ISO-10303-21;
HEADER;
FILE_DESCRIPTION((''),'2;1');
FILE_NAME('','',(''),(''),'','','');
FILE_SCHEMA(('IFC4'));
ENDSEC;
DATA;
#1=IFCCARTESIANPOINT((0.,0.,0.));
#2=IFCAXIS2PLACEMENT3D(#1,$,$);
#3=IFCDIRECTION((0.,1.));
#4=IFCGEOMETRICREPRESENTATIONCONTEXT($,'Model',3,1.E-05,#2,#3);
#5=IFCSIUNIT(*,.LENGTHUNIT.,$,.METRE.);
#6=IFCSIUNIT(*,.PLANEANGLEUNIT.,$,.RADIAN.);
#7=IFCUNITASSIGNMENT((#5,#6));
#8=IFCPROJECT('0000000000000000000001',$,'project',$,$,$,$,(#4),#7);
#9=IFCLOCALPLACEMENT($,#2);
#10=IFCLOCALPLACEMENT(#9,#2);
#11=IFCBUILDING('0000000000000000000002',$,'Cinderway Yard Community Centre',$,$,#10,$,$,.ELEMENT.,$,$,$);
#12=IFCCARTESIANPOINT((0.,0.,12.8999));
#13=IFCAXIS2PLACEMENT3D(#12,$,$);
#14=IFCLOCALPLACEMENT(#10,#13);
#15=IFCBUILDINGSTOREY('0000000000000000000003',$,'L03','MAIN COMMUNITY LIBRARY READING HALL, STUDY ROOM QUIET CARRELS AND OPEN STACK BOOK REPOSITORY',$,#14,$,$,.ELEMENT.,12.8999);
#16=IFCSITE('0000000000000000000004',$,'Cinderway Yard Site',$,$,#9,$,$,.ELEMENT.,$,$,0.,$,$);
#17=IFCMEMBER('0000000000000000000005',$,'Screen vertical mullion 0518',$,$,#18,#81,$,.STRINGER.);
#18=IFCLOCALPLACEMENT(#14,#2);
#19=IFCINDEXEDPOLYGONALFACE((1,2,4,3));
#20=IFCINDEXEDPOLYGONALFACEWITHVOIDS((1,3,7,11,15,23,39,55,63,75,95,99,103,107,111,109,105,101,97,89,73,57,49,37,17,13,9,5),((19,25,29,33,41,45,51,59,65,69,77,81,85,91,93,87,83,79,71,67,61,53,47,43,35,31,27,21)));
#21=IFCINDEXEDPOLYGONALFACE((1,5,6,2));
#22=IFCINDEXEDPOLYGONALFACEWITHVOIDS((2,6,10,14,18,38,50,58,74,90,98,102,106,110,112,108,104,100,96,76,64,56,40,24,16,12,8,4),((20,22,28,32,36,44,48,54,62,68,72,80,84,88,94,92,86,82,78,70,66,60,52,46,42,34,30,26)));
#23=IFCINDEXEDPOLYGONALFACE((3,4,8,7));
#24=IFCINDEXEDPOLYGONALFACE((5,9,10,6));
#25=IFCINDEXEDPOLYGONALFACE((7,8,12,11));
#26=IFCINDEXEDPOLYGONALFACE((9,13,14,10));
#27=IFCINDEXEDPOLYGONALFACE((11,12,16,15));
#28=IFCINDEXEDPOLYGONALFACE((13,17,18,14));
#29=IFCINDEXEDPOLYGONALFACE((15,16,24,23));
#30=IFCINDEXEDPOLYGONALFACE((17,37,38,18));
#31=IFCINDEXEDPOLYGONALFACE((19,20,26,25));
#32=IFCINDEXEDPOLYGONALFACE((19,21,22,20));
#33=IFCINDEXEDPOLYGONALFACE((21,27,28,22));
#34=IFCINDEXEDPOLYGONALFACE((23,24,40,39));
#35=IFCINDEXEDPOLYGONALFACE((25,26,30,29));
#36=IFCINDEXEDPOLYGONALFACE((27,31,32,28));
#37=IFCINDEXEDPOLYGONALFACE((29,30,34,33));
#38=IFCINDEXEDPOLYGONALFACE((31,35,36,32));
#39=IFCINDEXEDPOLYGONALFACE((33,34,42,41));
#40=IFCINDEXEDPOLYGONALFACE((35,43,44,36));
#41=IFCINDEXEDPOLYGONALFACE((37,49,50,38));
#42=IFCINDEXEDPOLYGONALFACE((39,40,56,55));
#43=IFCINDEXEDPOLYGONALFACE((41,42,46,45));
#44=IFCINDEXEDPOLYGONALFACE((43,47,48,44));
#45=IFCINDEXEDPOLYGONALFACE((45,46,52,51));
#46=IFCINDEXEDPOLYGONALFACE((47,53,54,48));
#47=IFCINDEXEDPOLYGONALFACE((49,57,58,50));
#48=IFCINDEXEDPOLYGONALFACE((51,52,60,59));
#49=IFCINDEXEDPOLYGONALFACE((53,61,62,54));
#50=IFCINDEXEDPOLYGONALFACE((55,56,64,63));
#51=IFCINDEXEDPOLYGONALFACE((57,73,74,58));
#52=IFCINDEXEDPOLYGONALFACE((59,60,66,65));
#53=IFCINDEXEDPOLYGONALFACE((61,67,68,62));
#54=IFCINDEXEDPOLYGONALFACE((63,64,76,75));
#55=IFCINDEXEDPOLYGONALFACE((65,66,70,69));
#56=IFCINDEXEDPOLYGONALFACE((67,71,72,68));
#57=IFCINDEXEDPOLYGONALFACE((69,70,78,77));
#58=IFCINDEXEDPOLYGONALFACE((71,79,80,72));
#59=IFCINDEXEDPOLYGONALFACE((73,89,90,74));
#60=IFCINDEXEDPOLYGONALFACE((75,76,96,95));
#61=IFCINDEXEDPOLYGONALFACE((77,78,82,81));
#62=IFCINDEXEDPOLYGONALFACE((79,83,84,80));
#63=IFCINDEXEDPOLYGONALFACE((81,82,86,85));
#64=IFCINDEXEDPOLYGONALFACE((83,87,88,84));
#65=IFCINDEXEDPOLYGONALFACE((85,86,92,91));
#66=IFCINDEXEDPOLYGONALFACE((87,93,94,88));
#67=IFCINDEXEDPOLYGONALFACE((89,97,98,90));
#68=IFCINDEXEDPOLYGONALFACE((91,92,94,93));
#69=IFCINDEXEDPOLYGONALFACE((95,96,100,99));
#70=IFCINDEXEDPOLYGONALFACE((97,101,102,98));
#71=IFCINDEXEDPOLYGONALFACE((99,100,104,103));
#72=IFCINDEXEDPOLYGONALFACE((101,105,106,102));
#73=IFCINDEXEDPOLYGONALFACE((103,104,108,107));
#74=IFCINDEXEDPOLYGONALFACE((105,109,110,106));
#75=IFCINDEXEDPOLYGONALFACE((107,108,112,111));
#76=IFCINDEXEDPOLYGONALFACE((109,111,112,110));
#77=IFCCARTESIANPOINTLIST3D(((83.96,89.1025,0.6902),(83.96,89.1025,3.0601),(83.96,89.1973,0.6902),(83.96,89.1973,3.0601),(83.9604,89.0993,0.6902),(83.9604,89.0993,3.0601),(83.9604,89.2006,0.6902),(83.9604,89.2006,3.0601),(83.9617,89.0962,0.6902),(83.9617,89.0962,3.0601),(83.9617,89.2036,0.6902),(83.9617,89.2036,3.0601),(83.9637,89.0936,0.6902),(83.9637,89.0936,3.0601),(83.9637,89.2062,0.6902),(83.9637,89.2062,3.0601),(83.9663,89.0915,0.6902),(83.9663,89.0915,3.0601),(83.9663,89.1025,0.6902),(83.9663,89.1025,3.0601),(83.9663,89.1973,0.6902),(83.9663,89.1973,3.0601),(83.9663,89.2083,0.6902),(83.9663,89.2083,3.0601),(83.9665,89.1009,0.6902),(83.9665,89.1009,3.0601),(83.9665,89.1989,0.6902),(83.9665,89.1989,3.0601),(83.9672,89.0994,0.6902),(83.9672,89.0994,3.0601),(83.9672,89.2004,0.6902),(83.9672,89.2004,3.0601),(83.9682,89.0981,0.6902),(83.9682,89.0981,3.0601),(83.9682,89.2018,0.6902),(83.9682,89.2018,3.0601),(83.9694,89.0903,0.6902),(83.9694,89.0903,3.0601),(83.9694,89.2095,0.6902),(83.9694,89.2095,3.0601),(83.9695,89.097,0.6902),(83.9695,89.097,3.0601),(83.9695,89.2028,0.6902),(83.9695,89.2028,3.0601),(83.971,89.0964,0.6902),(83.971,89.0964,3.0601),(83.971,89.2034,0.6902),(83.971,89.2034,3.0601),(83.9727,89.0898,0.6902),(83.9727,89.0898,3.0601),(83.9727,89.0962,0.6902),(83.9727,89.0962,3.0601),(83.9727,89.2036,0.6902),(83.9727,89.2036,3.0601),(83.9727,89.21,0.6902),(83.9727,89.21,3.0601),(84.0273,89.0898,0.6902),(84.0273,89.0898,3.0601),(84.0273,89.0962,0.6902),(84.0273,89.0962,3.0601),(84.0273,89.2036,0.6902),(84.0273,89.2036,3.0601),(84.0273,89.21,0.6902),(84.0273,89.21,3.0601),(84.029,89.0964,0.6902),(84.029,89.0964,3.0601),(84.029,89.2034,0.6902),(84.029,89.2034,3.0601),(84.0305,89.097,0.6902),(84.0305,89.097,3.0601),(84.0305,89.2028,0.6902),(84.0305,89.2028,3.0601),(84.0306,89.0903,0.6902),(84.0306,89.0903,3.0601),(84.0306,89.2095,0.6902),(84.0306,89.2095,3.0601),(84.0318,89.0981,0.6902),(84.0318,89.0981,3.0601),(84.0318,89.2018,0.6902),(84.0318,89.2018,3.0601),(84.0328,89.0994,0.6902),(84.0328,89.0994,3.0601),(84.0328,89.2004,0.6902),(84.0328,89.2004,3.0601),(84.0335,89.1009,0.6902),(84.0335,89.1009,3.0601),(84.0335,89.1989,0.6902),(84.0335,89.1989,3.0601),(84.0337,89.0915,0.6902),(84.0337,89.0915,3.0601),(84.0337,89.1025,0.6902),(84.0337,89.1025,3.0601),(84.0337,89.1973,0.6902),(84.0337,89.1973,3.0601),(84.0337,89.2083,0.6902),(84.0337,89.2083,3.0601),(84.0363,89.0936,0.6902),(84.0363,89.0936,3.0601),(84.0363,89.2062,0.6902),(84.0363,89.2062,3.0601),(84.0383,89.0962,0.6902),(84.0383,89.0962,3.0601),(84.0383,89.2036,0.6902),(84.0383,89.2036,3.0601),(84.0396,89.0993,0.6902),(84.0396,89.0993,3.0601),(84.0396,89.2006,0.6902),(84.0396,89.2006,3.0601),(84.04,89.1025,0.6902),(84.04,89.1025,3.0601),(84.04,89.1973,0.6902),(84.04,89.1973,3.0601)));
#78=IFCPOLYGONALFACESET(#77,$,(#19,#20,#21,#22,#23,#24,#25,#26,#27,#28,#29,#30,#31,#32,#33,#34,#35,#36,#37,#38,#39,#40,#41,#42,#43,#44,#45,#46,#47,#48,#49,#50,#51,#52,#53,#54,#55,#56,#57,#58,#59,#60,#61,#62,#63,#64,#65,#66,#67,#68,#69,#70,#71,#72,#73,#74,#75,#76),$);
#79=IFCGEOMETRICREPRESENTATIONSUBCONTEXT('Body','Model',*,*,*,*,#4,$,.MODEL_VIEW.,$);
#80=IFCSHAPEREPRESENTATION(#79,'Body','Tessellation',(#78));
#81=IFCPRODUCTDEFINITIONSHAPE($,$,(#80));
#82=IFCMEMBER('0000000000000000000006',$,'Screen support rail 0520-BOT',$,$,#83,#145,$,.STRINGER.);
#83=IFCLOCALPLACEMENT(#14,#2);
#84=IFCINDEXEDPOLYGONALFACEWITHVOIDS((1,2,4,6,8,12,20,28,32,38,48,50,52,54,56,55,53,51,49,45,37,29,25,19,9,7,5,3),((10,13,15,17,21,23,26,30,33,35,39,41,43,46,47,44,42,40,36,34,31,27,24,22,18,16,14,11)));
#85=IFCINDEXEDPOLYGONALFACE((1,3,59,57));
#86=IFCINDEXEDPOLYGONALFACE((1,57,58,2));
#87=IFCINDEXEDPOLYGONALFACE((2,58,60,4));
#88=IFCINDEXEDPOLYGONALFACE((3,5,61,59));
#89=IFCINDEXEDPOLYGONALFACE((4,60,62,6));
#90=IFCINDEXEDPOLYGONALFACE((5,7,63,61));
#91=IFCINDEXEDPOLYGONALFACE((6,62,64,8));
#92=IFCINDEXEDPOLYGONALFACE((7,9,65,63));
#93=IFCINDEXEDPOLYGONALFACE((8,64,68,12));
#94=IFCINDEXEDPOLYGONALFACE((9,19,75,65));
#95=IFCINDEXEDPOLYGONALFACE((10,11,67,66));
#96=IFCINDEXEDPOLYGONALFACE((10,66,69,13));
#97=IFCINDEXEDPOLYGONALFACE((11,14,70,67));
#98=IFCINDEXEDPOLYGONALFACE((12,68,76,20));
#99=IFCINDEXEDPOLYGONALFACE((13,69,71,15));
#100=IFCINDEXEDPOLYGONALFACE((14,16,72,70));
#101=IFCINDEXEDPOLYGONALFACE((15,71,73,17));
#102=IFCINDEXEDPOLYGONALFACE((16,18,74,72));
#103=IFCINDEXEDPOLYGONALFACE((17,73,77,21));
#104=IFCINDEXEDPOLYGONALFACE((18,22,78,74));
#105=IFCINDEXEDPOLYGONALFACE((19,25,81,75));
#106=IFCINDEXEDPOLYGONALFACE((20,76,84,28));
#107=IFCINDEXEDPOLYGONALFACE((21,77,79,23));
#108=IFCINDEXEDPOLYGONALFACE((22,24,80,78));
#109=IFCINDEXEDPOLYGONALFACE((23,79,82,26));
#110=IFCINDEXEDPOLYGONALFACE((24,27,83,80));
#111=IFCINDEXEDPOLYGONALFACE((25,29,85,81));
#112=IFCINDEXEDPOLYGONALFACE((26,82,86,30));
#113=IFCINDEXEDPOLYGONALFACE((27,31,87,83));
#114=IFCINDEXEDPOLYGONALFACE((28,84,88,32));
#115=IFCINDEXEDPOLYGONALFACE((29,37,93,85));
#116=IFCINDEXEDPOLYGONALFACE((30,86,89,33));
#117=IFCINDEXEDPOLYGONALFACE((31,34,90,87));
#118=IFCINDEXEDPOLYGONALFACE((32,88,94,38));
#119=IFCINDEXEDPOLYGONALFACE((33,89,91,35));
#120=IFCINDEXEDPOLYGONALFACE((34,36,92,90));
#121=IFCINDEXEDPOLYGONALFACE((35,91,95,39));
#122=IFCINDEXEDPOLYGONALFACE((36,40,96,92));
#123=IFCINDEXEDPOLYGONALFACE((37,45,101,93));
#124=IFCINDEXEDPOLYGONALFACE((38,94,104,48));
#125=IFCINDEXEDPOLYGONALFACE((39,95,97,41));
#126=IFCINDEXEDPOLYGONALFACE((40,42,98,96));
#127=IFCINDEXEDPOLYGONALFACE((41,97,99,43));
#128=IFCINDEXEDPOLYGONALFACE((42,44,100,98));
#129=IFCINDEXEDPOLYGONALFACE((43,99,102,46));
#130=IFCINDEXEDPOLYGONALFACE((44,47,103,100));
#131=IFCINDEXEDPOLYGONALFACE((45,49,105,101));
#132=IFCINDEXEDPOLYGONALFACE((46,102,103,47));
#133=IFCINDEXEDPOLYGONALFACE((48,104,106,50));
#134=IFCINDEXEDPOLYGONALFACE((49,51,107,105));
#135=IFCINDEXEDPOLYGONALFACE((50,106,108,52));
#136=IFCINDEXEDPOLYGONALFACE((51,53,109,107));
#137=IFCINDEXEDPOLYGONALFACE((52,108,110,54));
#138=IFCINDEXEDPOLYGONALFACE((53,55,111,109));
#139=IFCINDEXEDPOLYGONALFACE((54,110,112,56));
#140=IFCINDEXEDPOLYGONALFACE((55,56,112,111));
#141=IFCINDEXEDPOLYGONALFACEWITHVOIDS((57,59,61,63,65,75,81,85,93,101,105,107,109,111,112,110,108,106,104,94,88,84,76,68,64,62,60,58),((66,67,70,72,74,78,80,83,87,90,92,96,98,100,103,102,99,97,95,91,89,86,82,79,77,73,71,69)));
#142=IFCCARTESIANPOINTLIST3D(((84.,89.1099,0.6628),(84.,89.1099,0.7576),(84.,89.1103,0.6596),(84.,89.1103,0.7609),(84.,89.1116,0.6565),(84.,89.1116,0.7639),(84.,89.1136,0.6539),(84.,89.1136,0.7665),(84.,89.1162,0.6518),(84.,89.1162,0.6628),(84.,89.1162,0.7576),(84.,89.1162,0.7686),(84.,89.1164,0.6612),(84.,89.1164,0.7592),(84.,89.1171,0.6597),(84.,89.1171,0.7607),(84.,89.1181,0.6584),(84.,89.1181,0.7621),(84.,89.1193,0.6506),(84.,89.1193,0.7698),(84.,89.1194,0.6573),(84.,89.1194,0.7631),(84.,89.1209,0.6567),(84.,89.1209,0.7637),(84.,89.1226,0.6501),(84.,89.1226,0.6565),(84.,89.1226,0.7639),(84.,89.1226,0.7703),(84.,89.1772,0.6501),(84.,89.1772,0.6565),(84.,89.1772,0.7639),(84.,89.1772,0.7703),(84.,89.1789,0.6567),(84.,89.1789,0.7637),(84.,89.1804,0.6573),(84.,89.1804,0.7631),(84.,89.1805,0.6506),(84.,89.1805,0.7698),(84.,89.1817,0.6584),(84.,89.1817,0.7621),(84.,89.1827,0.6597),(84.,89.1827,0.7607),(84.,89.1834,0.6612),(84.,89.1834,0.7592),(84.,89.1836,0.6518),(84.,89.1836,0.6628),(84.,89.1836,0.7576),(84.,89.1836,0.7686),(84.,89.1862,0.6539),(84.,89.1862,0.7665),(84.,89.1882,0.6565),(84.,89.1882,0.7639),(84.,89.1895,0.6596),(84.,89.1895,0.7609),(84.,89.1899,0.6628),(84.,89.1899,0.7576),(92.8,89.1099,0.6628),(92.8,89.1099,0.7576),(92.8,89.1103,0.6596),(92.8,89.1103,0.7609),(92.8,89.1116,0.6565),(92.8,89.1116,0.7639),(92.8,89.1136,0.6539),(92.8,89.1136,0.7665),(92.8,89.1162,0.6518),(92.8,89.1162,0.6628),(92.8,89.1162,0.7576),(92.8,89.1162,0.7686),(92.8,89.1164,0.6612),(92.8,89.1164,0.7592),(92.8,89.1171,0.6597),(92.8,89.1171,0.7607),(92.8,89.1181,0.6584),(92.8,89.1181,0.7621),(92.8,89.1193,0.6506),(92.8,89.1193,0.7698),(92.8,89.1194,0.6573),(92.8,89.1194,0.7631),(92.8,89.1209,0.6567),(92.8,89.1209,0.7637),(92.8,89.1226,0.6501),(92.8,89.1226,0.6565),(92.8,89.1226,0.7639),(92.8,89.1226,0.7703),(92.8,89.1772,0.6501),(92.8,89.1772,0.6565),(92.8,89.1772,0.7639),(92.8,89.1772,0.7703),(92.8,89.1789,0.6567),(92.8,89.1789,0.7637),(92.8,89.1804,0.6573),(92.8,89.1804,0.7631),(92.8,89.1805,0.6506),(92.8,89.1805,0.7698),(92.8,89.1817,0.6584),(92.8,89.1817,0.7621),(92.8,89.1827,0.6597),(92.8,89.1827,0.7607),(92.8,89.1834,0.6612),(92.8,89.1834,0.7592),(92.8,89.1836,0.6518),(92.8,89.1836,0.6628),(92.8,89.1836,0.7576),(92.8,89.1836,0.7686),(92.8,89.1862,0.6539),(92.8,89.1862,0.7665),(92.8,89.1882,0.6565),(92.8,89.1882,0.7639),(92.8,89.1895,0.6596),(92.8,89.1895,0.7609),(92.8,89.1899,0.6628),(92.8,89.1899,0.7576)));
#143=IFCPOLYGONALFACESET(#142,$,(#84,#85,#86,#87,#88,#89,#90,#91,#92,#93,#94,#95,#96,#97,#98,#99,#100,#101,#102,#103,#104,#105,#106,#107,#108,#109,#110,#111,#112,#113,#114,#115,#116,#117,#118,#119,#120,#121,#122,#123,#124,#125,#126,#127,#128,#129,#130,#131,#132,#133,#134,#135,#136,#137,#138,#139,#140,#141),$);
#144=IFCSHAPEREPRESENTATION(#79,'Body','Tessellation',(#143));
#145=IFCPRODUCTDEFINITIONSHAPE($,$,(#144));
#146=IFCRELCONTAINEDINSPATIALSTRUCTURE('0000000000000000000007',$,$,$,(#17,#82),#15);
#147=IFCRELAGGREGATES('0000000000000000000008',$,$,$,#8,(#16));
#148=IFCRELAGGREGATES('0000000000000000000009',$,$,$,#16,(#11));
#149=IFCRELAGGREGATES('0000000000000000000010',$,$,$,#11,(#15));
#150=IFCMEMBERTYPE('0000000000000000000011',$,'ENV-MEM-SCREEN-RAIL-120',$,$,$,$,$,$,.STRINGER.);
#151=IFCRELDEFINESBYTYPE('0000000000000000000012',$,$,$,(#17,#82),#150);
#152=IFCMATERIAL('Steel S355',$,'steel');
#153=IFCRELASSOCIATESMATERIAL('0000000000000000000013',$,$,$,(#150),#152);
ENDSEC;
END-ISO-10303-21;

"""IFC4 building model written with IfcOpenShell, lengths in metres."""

from ifc_helpers import new_model, si_unit, direction, frame, origin, origin_2d, place, context, subcontext, project, spatial, hollow_rectangle, extrude, material, material_profile, profile_set, type_object, element, save


model = new_model("IFC4")

# Units and contexts
model_context = context("Model", 3, precision=1e-05, world=origin(), true_north=direction((0.0, 1.0)))
body_context = subcontext(model_context, "Body", "Model", "MODEL_VIEW")
ifc_project = project(units=[si_unit("LENGTHUNIT", "METRE"), si_unit("PLANEANGLEUNIT", "RADIAN")], contexts=[model_context])

# Site, building, storey
site_placement = place(None, origin())
site = spatial("IfcSite", under=ifc_project, at=site_placement, Name="Cinderway Yard Site", CompositionType="ELEMENT", RefElevation=0.0)
building_placement = place(site_placement, origin())
building = spatial("IfcBuilding", under=site, at=building_placement, Name="Cinderway Yard Community Centre", CompositionType="ELEMENT")
storey_placement = place(building_placement, frame((0.0, 0.0, 12.8999)))
storey = spatial("IfcBuildingStorey", under=building, at=storey_placement, Name="L03", Description="MAIN COMMUNITY LIBRARY READING HALL, STUDY ROOM QUIET CARRELS AND OPEN STACK BOOK REPOSITORY", CompositionType="ELEMENT", Elevation=12.8999)

# Members
ifc_material_1 = material(Name="Steel S355", Category="steel")
ifc_material_profile = material_profile(ifc_material_1, hollow_rectangle(XDim=0.0801, YDim=0.1201, WallThickness=0.0063, InnerFilletRadius=0.0063, OuterFilletRadius=0.0127, at=origin_2d()), Name="Steel S355")
ifc_profile_set = profile_set([ifc_material_profile], Name="Steel S355")
member_type = type_object("IfcMemberType", Name="ENV-MEM-SCREEN-RAIL-120", PredefinedType="STRINGER", material=ifc_profile_set)
for number, where, z_axis, x_axis, name in (
    (1, (84.0, 89.1499, 0.6902), (0.0, 0.0, 1.0), (1.0, 0.0, 0.0), "Screen vertical mullion 0518"),
):
    element("IfcMember", number, at=place(storey_placement, frame(where, z_axis=z_axis, x_axis=x_axis)), inside=storey, type_object=member_type, Name=name, PredefinedType="STRINGER", context=body_context, shape_type="SweptSolid", body=[
        extrude(hollow_rectangle(XDim=0.0801, YDim=0.1201, WallThickness=0.0063, InnerFilletRadius=0.0063, OuterFilletRadius=0.0127, at=origin_2d()), origin(), (0.0, 0.0, 1.0), 2.3699),
    ])
for number, where, z_axis, x_axis, name in (
    (2, (84.0, 89.1499, 0.7102), (1.0, 0.0, 0.0), (0.0, 1.0, 0.0), "Screen support rail 0520-BOT"),
):
    element("IfcMember", number, at=place(storey_placement, frame(where, z_axis=z_axis, x_axis=x_axis)), inside=storey, type_object=member_type, Name=name, PredefinedType="STRINGER", context=body_context, shape_type="SweptSolid", body=[
        extrude(hollow_rectangle(XDim=0.0801, YDim=0.1201, WallThickness=0.0063, InnerFilletRadius=0.0063, OuterFilletRadius=0.0127, at=origin_2d()), origin(), (0.0, 0.0, 1.0), 8.8),
    ])

save(model, "model.ifc")
